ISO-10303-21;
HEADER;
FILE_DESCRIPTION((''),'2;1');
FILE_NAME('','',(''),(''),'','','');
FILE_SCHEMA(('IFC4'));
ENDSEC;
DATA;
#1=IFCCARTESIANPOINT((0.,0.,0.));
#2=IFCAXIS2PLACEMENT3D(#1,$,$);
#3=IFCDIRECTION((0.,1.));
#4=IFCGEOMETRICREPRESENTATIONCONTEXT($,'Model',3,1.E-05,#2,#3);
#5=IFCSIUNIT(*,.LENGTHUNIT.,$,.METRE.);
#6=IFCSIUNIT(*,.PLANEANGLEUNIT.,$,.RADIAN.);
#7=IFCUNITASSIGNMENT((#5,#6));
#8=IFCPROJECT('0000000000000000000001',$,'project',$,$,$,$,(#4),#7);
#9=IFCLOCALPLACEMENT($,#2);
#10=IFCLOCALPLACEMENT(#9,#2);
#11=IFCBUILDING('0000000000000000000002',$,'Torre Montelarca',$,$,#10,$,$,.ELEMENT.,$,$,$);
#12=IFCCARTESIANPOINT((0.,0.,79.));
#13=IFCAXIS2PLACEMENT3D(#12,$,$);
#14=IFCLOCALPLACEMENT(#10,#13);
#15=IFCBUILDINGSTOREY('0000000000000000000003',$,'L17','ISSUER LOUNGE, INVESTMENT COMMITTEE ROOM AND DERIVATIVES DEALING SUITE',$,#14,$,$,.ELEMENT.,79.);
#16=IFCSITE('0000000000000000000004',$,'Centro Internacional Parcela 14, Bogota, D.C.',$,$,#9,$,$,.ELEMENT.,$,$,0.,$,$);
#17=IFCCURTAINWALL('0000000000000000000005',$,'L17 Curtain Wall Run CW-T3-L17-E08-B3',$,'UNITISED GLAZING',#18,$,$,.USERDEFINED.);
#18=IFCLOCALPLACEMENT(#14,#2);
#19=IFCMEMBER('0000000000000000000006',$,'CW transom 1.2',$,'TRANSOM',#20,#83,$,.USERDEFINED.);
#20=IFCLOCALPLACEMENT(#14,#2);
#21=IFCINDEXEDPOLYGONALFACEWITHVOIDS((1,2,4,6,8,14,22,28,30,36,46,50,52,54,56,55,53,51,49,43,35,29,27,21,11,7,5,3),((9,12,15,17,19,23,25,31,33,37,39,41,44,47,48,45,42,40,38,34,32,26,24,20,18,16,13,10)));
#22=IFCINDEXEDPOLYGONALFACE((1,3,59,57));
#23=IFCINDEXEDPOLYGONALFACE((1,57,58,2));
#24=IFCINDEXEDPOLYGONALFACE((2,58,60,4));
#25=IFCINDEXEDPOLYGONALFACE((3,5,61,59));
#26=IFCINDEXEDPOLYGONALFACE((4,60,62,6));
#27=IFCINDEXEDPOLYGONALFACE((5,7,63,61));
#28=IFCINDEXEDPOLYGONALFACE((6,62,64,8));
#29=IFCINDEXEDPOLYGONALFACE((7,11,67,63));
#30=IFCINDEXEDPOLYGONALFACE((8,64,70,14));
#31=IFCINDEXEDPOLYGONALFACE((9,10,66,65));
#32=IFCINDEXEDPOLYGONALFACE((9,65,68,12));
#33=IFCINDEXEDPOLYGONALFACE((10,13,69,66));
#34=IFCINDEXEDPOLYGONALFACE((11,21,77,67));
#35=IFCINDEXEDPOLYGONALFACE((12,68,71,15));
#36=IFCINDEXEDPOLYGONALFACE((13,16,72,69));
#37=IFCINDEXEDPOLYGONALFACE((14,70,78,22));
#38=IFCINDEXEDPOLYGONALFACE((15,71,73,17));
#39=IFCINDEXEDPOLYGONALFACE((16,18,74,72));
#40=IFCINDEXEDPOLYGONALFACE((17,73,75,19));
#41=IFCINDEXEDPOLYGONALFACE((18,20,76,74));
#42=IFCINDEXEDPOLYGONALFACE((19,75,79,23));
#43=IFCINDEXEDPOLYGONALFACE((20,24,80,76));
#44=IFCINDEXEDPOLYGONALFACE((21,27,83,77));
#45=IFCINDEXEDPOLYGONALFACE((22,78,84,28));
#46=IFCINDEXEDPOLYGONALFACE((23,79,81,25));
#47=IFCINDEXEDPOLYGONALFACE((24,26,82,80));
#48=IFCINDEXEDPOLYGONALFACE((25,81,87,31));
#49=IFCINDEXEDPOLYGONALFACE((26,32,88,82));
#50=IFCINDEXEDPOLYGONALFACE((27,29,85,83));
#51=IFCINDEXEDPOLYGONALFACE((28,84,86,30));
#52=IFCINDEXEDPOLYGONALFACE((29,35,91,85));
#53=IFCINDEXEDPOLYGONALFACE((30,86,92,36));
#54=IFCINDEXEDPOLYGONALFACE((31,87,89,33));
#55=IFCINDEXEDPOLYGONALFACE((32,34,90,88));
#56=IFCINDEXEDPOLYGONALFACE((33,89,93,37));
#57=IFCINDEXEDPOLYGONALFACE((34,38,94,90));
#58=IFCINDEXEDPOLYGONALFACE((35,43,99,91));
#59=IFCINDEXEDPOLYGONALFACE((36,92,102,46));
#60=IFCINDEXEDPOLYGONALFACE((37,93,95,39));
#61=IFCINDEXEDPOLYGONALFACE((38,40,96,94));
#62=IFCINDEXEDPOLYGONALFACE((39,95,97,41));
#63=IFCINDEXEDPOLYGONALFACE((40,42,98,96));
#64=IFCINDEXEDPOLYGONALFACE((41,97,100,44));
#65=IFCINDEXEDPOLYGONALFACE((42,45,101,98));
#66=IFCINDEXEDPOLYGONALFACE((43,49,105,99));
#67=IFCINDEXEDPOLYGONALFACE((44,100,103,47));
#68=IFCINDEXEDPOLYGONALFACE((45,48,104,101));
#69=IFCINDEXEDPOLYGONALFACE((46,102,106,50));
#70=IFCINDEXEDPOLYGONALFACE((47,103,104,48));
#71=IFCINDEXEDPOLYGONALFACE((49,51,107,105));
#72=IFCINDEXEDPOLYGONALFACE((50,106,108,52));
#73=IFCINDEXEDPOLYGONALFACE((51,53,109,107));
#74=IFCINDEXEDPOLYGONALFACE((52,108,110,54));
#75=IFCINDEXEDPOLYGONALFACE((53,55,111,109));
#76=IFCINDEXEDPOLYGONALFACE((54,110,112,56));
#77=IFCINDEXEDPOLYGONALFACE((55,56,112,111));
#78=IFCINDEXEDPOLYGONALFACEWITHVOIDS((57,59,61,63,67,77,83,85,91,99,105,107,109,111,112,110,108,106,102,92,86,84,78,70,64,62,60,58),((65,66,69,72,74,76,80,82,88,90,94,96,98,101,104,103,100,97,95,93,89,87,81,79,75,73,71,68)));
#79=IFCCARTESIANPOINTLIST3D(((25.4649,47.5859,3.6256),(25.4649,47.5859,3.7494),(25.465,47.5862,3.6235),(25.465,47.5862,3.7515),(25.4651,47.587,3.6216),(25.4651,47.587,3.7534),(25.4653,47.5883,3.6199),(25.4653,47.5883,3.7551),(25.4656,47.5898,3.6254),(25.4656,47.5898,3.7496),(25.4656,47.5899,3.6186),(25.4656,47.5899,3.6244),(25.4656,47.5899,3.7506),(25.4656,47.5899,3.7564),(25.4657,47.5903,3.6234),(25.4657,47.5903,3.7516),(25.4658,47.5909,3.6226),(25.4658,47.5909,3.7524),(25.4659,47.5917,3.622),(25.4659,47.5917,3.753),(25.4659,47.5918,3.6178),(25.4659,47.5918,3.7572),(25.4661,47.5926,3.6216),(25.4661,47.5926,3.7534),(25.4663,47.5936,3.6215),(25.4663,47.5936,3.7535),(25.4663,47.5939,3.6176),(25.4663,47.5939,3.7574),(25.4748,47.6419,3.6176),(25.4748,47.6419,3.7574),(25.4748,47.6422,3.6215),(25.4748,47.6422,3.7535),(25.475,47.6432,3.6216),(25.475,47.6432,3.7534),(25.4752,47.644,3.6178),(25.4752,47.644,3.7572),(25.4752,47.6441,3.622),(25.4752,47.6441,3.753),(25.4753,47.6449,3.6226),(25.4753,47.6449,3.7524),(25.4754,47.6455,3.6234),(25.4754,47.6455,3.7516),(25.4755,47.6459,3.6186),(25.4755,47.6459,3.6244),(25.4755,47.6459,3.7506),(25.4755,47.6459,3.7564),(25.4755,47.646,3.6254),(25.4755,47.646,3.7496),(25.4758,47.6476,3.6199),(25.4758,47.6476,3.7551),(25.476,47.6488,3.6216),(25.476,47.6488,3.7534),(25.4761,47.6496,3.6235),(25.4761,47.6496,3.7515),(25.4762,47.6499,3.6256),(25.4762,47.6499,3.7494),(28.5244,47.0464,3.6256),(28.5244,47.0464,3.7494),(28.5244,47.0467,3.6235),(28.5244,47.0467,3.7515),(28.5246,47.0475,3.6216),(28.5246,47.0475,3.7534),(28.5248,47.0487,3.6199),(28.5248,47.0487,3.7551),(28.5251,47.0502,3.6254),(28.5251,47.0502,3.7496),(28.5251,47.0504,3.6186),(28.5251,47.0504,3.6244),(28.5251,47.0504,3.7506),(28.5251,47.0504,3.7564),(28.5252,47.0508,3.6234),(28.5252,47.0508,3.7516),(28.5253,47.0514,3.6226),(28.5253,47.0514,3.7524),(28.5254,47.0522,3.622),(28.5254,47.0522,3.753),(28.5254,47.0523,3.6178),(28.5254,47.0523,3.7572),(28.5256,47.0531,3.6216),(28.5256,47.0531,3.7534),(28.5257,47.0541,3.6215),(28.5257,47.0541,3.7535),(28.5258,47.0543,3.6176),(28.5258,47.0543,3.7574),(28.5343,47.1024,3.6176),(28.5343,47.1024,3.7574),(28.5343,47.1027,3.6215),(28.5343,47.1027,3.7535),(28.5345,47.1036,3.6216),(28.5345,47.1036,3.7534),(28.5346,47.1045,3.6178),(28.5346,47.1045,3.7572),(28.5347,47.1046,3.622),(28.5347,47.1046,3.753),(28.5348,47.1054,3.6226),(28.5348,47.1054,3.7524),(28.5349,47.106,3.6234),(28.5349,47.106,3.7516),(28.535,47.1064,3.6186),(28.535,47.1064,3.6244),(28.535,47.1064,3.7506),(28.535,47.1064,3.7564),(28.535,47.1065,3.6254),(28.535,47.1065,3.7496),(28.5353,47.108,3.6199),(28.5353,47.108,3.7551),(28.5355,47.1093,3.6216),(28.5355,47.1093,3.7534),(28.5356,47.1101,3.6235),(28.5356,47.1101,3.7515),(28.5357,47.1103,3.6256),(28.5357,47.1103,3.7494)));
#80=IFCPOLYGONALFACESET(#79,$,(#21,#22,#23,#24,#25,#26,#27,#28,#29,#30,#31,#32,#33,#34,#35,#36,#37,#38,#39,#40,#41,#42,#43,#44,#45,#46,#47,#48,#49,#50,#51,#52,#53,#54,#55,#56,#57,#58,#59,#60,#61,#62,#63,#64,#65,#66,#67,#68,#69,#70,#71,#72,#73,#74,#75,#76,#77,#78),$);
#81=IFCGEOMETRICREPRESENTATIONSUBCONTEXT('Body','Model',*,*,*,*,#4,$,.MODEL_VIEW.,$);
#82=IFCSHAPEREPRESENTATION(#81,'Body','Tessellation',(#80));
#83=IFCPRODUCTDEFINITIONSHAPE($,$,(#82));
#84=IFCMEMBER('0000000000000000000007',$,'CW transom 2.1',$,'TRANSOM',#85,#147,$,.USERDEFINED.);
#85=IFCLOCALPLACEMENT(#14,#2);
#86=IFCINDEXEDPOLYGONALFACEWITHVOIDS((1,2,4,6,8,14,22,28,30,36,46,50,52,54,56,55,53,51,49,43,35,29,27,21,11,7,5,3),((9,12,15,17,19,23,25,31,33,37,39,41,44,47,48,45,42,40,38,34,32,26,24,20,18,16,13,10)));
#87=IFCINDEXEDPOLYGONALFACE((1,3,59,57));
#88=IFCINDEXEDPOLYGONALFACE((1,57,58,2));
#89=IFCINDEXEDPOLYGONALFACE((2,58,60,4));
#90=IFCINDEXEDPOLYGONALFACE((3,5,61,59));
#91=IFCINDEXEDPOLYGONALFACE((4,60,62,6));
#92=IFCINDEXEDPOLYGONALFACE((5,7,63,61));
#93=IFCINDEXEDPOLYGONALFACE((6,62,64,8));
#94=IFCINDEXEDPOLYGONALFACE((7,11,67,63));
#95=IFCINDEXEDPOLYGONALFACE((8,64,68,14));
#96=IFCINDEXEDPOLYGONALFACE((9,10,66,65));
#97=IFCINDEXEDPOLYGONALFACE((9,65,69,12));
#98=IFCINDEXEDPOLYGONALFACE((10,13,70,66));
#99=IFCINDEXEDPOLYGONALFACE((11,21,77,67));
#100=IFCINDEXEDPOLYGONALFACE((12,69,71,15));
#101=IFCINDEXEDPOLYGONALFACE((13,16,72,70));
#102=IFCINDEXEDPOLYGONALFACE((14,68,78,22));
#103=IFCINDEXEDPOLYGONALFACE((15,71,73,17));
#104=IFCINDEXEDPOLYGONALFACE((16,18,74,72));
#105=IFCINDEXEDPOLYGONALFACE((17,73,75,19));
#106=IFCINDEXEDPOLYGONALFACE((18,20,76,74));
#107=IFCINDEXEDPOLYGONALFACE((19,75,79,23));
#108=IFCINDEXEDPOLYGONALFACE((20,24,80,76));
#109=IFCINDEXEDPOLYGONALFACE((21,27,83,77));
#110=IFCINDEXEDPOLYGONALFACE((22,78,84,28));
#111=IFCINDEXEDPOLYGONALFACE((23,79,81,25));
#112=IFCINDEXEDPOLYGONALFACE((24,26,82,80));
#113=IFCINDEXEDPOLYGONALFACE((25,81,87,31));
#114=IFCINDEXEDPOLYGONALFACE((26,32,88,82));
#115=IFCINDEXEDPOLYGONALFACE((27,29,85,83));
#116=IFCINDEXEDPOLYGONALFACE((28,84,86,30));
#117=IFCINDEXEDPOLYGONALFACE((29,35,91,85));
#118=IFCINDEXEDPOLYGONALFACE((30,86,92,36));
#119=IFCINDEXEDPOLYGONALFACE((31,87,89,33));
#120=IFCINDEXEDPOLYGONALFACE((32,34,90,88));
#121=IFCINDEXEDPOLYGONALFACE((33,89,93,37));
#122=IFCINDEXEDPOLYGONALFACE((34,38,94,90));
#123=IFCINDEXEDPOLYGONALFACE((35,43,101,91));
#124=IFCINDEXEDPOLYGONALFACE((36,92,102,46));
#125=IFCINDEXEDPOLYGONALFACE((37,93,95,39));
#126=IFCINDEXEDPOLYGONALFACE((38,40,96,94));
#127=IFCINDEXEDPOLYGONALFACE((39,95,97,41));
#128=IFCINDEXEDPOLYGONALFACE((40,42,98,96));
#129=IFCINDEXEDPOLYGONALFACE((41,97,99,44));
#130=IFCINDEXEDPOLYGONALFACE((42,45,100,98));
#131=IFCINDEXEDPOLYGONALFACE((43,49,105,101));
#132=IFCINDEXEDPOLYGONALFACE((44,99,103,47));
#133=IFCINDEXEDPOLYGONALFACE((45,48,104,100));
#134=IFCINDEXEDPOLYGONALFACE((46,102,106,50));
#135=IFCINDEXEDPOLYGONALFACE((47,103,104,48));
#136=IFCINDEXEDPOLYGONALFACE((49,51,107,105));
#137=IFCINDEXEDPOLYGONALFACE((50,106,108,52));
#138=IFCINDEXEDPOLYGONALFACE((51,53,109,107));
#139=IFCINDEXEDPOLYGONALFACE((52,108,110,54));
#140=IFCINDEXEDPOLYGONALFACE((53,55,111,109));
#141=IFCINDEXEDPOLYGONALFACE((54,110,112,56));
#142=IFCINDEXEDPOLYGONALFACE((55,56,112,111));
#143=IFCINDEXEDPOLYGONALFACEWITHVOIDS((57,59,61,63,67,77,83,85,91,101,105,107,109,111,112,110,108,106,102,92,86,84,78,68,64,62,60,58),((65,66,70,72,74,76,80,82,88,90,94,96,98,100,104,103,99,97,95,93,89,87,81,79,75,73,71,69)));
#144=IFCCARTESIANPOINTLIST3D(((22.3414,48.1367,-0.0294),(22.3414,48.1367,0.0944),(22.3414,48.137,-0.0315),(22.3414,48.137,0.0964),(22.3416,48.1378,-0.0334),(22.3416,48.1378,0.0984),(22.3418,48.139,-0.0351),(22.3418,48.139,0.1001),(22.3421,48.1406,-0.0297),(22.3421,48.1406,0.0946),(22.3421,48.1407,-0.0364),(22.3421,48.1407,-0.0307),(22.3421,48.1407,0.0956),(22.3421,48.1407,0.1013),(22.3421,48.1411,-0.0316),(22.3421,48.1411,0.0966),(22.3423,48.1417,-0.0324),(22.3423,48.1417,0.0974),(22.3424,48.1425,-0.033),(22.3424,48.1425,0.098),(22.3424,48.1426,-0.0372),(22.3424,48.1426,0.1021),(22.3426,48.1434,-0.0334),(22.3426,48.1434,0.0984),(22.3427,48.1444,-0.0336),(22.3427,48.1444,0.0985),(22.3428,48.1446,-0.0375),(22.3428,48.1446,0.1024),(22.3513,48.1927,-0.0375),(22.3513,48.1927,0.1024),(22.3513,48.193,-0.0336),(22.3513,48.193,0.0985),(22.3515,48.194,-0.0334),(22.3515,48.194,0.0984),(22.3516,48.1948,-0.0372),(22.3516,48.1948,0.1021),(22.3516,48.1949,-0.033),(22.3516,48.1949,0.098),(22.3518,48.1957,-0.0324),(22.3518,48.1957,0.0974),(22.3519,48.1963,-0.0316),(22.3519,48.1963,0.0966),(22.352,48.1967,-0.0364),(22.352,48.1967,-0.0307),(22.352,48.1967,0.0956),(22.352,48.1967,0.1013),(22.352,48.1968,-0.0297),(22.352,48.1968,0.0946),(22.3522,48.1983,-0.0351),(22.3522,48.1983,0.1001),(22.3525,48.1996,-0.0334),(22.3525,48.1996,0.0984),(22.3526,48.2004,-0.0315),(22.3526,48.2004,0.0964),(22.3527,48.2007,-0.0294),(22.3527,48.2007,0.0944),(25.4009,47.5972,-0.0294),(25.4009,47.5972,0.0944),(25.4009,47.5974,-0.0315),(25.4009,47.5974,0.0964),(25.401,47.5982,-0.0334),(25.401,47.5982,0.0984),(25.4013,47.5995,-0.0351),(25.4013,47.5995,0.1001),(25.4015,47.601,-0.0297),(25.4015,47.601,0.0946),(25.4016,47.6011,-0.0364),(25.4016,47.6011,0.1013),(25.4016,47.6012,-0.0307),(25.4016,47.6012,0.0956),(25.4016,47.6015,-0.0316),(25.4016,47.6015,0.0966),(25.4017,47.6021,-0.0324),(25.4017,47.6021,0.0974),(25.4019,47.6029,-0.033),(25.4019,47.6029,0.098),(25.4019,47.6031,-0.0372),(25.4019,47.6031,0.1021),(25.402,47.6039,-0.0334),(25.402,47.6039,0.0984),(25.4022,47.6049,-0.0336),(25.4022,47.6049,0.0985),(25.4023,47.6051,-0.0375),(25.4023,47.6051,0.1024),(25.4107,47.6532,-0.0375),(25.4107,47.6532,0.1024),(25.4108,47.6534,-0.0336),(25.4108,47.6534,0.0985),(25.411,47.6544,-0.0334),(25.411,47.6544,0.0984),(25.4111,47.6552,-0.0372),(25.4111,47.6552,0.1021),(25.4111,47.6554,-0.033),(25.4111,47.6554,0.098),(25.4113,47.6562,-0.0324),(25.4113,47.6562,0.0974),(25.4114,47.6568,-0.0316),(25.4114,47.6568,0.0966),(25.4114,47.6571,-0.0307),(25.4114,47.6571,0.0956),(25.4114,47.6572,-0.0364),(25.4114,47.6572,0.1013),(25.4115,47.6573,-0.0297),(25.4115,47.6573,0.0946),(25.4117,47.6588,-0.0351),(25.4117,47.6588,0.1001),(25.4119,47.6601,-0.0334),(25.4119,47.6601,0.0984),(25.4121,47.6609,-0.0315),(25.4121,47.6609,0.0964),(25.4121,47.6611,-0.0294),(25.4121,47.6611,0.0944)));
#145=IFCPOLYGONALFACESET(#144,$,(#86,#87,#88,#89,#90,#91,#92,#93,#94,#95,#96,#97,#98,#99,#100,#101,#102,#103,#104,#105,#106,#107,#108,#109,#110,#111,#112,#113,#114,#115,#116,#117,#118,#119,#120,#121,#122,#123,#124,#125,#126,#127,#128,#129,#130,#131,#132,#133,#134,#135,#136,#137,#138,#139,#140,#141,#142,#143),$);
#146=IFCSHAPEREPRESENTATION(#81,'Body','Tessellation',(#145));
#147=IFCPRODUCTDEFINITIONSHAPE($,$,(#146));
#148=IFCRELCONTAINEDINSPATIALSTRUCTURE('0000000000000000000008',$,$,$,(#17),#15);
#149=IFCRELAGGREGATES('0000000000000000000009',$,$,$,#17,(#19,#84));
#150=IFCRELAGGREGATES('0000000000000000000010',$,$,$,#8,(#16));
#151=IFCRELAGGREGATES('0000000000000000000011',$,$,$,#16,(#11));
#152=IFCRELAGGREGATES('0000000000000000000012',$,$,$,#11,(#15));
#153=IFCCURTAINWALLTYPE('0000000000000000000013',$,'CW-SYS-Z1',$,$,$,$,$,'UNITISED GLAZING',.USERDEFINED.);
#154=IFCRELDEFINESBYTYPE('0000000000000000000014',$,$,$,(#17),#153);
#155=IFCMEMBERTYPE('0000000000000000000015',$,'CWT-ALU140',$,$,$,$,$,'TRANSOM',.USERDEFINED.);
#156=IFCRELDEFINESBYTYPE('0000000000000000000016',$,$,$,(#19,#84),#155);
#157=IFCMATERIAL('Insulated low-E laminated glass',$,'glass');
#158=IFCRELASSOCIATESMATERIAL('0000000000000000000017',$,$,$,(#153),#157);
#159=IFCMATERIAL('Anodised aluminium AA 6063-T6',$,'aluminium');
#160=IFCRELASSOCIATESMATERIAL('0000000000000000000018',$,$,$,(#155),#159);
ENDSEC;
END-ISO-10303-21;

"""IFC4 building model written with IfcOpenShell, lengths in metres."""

from ifc_helpers import new_model, si_unit, direction, frame, origin, origin_2d, place, context, subcontext, project, spatial, hollow_rectangle, extrude, source, transform, mapped, material, material_profile, profile_set, type_object, element, aggregate, save


model = new_model("IFC4")

# Units and contexts
model_context = context("Model", 3, precision=1e-05, world=origin(), true_north=direction((0.0, 1.0)))
body_context = subcontext(model_context, "Body", "Model", "MODEL_VIEW")
ifc_project = project(units=[si_unit("LENGTHUNIT", "METRE"), si_unit("PLANEANGLEUNIT", "RADIAN")], contexts=[model_context])

# Site, building, storey
site_placement = place(None, origin())
site = spatial("IfcSite", under=ifc_project, at=site_placement, Name="Centro Internacional Parcela 14, Bogota, D.C.", CompositionType="ELEMENT", RefElevation=0.0)
building_placement = place(site_placement, origin())
building = spatial("IfcBuilding", under=site, at=building_placement, Name="Torre Montelarca", CompositionType="ELEMENT")
storey_placement = place(building_placement, frame((0.0, 0.0, 79.0)))
storey = spatial("IfcBuildingStorey", under=building, at=storey_placement, Name="L17", Description="ISSUER LOUNGE, INVESTMENT COMMITTEE ROOM AND DERIVATIVES DEALING SUITE", CompositionType="ELEMENT", Elevation=79.0)

# Curtain wall, members
ifc_material_1 = material(Name="Insulated low-E laminated glass", Category="glass")
curtain_wall_type = type_object("IfcCurtainWallType", Name="CW-SYS-Z1", ElementType="UNITISED GLAZING", PredefinedType="USERDEFINED", material=ifc_material_1)
ifc_material_2 = material(Name="Anodised aluminium AA 6063-T6", Category="aluminium")
ifc_material_profile_1 = material_profile(ifc_material_2, hollow_rectangle(XDim=0.0649, YDim=0.1399, WallThickness=0.0039, InnerFilletRadius=0.0039, OuterFilletRadius=0.0081, at=origin_2d()), Name="ALU65X140X4", Category="aluminium")
ifc_profile_set_1 = profile_set([ifc_material_profile_1], Name="Anodised aluminium AA 6063-T6")
member_type_1 = type_object("IfcMemberType", Name="CWT-ALU140", ElementType="TRANSOM", PredefinedType="USERDEFINED", material=ifc_profile_set_1)
curtain_wall_1_placement = place(storey_placement, origin())
curtain_wall_1 = element("IfcCurtainWall", 1, at=curtain_wall_1_placement, inside=storey, type_object=curtain_wall_type, Name="L17 Curtain Wall Run CW-T3-L17-E08-B3", ObjectType="UNITISED GLAZING", PredefinedType="USERDEFINED")
shared_shape_1 = source(origin(), body_context, "Body", "SweptSolid", [
    extrude(hollow_rectangle(XDim=0.0649, YDim=0.1399, WallThickness=0.0039, InnerFilletRadius=0.0039, OuterFilletRadius=0.0081, at=origin_2d()), origin(), (0.0, 0.0, 1.0), 3.1067),
])
member_1_placement = place(storey_placement, frame((28.53, 47.0784, 3.6875), z_axis=(-0.984804, 0.173669, 0.0), x_axis=(-0.173669, -0.984804, 0.0)))
member_1 = element("IfcMember", 2, at=member_1_placement, type_object=member_type_1, Name="CW transom 1.2", ObjectType="TRANSOM", PredefinedType="USERDEFINED", context=body_context, shape_type="MappedRepresentation", body=[
    mapped(shared_shape_1, transform((0.0, 0.0, 0.0), scale=1.0)),
])
member_2_placement = place(storey_placement, frame((25.4065, 47.6292, 0.0325), z_axis=(-0.984804, 0.173669, 0.0), x_axis=(-0.173669, -0.984804, 0.0)))
member_2 = element("IfcMember", 3, at=member_2_placement, type_object=member_type_1, Name="CW transom 2.1", ObjectType="TRANSOM", PredefinedType="USERDEFINED", context=body_context, shape_type="MappedRepresentation", body=[
    mapped(shared_shape_1, transform((0.0, 0.0, 0.0), scale=1.0)),
])

aggregate(curtain_wall_1, [member_1, member_2])

save(model, "model.ifc")
